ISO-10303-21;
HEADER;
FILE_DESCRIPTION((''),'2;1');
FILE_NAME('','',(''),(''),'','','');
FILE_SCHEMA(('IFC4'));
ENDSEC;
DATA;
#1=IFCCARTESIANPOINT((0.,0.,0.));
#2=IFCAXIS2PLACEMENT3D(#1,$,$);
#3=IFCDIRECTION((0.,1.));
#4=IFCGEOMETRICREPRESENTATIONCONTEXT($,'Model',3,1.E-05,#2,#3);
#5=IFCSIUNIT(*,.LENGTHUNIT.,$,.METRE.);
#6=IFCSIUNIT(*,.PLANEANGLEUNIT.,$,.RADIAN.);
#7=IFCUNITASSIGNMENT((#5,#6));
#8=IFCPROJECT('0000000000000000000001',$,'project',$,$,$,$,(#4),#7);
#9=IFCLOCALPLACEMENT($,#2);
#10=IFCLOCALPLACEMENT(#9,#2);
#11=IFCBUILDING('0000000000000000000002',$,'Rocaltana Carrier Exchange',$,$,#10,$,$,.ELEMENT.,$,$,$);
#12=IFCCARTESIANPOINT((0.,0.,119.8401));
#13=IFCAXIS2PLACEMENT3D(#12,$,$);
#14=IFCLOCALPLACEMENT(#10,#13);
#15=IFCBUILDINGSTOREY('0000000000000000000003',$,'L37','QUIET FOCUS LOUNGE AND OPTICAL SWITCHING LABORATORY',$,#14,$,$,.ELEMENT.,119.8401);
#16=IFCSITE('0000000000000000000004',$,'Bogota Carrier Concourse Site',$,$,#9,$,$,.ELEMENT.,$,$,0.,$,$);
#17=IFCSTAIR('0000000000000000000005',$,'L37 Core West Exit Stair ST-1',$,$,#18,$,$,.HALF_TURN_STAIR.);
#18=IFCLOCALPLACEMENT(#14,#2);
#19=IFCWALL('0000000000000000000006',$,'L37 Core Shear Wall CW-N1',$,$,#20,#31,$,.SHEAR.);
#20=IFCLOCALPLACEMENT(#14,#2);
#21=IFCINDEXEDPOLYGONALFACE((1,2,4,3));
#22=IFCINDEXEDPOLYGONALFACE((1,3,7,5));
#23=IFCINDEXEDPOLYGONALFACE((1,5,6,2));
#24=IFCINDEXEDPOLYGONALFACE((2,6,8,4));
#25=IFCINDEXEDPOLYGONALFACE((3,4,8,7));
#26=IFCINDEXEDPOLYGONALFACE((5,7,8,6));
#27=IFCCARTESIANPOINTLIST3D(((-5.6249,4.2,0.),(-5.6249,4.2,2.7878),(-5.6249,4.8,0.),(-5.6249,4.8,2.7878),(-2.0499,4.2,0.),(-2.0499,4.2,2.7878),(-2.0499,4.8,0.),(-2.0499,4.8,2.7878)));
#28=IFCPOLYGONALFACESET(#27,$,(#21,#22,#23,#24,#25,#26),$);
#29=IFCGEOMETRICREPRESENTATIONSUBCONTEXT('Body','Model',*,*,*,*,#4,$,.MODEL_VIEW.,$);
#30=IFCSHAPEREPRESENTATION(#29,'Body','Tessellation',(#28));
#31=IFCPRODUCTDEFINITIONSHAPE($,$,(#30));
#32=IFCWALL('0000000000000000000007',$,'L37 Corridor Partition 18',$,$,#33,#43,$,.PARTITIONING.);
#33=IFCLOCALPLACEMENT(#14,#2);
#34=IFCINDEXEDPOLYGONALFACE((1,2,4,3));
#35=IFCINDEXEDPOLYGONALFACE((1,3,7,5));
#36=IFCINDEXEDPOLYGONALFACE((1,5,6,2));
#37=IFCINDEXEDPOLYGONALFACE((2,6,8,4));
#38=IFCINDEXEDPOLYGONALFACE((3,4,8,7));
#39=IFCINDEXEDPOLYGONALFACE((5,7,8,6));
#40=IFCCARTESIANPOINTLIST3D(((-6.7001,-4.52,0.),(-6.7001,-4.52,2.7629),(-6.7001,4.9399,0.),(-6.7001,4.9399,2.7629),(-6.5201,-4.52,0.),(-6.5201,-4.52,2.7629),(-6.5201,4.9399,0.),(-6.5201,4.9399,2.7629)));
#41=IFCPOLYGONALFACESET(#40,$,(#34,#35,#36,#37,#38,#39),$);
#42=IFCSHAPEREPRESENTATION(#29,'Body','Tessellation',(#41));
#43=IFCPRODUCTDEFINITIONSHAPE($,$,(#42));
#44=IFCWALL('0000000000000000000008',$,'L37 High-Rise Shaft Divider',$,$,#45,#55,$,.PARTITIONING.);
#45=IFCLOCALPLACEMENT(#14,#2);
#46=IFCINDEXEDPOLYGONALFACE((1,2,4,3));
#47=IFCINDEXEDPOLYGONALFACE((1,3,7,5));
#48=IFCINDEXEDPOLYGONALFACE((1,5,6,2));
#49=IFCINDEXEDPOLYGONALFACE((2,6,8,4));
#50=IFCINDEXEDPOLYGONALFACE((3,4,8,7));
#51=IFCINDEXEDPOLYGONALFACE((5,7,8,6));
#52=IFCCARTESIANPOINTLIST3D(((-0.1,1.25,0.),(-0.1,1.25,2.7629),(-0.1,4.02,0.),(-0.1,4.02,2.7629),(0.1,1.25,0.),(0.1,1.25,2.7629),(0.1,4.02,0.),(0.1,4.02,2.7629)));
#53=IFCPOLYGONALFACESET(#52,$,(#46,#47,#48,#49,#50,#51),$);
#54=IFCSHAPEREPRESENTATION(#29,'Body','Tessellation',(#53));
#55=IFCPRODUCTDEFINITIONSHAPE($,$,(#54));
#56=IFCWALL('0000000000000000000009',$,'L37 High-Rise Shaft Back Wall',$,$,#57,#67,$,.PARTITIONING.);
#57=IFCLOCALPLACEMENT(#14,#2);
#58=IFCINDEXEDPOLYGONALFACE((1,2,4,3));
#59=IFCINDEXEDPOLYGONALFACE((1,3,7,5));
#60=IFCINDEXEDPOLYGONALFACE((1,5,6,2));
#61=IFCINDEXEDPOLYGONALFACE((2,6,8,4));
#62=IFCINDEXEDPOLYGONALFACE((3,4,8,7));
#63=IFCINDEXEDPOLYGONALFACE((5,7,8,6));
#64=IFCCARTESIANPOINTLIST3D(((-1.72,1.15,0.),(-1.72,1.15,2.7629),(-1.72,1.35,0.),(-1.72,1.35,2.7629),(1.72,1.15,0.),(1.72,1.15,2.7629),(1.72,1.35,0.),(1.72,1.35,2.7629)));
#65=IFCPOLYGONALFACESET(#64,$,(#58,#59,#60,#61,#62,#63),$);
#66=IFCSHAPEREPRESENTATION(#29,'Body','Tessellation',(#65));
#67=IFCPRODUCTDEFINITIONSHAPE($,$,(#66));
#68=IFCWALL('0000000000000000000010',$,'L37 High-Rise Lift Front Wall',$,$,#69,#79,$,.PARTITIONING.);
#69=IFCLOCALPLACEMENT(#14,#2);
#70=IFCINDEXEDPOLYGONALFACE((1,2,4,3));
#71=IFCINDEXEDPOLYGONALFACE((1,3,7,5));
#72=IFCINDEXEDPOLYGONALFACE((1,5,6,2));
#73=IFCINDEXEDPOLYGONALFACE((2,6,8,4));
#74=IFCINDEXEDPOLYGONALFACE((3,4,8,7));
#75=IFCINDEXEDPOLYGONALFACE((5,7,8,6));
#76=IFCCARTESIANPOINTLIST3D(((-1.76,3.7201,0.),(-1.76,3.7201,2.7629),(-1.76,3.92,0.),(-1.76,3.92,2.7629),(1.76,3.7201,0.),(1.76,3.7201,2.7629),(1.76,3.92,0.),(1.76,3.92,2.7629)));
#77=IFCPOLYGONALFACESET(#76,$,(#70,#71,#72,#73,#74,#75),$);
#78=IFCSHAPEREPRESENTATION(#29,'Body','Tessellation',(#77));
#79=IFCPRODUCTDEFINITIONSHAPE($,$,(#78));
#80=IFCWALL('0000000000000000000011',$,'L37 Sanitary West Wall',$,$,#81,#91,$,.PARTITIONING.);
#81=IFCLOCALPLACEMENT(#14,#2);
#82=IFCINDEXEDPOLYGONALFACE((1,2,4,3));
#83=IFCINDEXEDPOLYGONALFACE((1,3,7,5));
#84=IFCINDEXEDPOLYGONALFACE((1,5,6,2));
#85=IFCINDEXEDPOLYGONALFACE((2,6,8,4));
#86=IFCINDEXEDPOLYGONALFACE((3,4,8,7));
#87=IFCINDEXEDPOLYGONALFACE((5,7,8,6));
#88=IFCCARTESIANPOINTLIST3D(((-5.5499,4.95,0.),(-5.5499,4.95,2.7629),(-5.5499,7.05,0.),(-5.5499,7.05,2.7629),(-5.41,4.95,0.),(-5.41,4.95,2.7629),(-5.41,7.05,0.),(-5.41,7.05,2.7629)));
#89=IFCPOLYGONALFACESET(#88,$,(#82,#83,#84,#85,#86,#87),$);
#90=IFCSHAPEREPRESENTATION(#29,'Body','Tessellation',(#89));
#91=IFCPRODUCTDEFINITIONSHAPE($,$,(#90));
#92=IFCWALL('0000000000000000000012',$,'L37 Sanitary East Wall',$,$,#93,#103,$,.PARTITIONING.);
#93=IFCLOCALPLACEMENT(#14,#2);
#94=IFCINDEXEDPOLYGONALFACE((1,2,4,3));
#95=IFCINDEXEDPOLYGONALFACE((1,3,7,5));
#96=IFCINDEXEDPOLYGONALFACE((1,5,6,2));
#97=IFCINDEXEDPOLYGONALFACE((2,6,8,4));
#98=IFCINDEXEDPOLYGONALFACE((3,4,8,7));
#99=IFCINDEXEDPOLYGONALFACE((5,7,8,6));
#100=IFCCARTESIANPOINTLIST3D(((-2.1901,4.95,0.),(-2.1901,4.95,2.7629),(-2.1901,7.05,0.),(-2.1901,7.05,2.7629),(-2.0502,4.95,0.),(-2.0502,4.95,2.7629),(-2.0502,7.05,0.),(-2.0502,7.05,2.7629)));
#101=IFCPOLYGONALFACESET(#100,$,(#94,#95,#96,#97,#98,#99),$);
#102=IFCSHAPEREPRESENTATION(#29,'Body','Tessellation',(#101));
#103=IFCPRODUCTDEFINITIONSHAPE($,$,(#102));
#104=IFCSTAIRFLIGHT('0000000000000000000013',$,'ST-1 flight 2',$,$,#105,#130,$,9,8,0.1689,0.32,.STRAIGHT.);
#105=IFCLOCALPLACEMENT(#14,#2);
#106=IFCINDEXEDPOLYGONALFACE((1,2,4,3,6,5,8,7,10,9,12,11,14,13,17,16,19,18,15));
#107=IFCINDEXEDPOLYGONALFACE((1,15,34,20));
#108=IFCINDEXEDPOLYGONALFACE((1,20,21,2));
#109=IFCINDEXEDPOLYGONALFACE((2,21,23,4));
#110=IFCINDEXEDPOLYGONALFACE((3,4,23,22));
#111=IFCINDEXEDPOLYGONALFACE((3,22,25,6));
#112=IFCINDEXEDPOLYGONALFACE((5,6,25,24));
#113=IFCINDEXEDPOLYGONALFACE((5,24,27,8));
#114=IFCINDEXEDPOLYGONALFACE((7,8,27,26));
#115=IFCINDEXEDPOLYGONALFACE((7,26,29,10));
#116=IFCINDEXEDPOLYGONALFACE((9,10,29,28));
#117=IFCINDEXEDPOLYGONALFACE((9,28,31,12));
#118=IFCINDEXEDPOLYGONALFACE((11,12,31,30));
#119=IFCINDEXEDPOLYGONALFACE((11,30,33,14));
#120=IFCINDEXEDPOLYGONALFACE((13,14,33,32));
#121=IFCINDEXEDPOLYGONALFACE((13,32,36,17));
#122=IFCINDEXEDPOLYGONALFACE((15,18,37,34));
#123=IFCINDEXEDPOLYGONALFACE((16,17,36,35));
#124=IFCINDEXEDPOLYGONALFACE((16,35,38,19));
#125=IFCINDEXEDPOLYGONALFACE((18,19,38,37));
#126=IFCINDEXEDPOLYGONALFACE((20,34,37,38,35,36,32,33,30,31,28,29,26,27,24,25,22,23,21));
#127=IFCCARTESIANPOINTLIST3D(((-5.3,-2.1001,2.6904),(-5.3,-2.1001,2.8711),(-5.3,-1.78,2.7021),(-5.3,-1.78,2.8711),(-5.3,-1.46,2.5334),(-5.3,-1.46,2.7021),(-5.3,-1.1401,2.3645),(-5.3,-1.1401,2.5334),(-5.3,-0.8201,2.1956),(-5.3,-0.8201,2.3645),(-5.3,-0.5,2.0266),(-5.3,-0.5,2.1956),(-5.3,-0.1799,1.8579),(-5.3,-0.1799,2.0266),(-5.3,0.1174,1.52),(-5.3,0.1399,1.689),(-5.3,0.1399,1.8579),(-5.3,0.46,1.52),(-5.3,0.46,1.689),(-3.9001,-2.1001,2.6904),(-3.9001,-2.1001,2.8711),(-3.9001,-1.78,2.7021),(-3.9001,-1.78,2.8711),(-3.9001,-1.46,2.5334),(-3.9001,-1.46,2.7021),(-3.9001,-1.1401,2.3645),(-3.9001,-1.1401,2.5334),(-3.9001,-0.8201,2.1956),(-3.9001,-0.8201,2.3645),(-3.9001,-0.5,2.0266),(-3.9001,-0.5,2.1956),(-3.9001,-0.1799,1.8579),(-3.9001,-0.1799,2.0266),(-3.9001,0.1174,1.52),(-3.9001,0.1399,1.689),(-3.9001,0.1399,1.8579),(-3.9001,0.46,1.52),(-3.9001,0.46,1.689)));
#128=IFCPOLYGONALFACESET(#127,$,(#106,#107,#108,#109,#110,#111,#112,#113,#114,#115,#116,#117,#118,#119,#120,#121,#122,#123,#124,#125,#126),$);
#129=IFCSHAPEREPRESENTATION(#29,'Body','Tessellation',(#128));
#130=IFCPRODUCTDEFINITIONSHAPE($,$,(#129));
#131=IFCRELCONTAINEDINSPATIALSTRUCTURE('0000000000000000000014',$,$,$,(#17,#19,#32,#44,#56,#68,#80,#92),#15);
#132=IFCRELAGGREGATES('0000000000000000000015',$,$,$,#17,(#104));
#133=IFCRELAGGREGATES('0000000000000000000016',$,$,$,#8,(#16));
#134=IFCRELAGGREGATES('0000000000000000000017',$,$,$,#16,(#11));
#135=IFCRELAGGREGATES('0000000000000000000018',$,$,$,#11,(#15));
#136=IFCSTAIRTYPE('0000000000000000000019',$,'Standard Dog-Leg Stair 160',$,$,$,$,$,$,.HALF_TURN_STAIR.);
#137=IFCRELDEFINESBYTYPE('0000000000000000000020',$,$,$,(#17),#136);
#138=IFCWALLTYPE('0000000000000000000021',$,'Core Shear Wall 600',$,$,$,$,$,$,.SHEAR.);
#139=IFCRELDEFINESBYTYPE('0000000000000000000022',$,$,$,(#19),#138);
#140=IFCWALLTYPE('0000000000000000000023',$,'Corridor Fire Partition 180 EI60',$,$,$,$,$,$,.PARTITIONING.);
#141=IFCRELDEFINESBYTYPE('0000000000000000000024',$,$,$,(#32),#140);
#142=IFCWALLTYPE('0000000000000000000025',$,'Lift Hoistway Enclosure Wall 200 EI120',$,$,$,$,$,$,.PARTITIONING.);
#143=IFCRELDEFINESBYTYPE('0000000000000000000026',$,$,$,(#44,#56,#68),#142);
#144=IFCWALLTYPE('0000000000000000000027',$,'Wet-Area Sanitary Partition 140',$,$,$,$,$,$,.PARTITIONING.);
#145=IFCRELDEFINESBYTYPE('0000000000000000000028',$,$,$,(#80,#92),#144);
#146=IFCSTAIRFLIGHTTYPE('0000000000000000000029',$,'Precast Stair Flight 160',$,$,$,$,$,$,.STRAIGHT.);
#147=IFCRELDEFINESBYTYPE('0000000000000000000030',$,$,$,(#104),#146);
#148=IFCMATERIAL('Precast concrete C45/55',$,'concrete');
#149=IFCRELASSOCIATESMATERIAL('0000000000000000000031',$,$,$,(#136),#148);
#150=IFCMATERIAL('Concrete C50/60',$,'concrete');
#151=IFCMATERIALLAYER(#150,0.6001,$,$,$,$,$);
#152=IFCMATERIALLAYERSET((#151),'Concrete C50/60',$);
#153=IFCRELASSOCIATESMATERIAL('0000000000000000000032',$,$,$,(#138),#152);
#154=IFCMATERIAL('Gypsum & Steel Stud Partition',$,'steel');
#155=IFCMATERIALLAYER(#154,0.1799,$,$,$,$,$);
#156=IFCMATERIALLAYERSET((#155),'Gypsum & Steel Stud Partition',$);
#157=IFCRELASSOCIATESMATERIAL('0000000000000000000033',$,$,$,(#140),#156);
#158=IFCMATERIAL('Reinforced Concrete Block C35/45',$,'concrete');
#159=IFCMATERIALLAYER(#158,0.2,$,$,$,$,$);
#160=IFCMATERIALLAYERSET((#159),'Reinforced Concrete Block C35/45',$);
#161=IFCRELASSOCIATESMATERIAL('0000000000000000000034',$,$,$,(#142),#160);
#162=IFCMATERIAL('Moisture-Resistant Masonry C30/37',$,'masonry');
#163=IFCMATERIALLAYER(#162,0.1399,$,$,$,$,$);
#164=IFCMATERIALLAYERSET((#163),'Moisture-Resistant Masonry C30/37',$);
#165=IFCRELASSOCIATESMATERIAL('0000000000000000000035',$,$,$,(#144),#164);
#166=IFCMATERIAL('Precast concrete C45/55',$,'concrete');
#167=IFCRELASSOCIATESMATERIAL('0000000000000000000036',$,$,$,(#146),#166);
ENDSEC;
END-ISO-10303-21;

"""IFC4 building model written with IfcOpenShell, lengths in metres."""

from ifc_helpers import new_model, si_unit, direction, frame, frame_2d, origin, place, context, subcontext, project, spatial, polyline, rectangle, outline, extrude, material, layer, layer_set, type_object, element, aggregate, save


model = new_model("IFC4")

# Units and contexts
model_context = context("Model", 3, precision=1e-05, world=origin(), true_north=direction((0.0, 1.0)))
body_context = subcontext(model_context, "Body", "Model", "MODEL_VIEW")
ifc_project = project(units=[si_unit("LENGTHUNIT", "METRE"), si_unit("PLANEANGLEUNIT", "RADIAN")], contexts=[model_context])

# Site, building, storey
site_placement = place(None, origin())
site = spatial("IfcSite", under=ifc_project, at=site_placement, Name="Bogota Carrier Concourse Site", CompositionType="ELEMENT", RefElevation=0.0)
building_placement = place(site_placement, origin())
building = spatial("IfcBuilding", under=site, at=building_placement, Name="Rocaltana Carrier Exchange", CompositionType="ELEMENT")
storey_placement = place(building_placement, frame((0.0, 0.0, 119.8401)))
storey = spatial("IfcBuildingStorey", under=building, at=storey_placement, Name="L37", Description="QUIET FOCUS LOUNGE AND OPTICAL SWITCHING LABORATORY", CompositionType="ELEMENT", Elevation=119.8401)

# Stair
ifc_material_1 = material(Name="Precast concrete C45/55", Category="concrete")
stair_type = type_object("IfcStairType", Name="Standard Dog-Leg Stair 160", PredefinedType="HALF_TURN_STAIR", material=ifc_material_1)
stair_1_placement = place(storey_placement, origin())
stair_1 = element("IfcStair", 1, at=stair_1_placement, inside=storey, type_object=stair_type, Name="L37 Core West Exit Stair ST-1", PredefinedType="HALF_TURN_STAIR")

# Walls
ifc_material_2 = material(Name="Concrete C50/60", Category="concrete")
ifc_layer_1 = layer(ifc_material_2, 0.6001)
ifc_layer_set_1 = layer_set([ifc_layer_1], Name="Concrete C50/60")
wall_type_1 = type_object("IfcWallType", Name="Core Shear Wall 600", PredefinedType="SHEAR", material=ifc_layer_set_1)
wall_1_placement = place(storey_placement, frame((-5.625, 4.5, 0.0), z_axis=(0.0, 0.0, 1.0), x_axis=(1.0, 0.0, 0.0)))
element("IfcWall", 2, at=wall_1_placement, inside=storey, type_object=wall_type_1, Name="L37 Core Shear Wall CW-N1", PredefinedType="SHEAR", context=body_context, shape_type="SweptSolid", body=[
    extrude(rectangle(XDim=3.575, YDim=0.6001, at=frame_2d((1.7876, 0.0))), origin(), (0.0, 0.0, 1.0), 2.7878),
])
ifc_material_3 = material(Name="Gypsum & Steel Stud Partition", Category="steel")
ifc_layer_2 = layer(ifc_material_3, 0.1799)
ifc_layer_set_2 = layer_set([ifc_layer_2], Name="Gypsum & Steel Stud Partition")
wall_type_2 = type_object("IfcWallType", Name="Corridor Fire Partition 180 EI60", PredefinedType="PARTITIONING", material=ifc_layer_set_2)
wall_2_placement = place(storey_placement, frame((-6.6101, 4.9399, 0.0), z_axis=(0.0, 0.0, 1.0), x_axis=(0.0, -1.0, 0.0)))
element("IfcWall", 3, at=wall_2_placement, inside=storey, type_object=wall_type_2, Name="L37 Corridor Partition 18", PredefinedType="PARTITIONING", context=body_context, shape_type="SweptSolid", body=[
    extrude(rectangle(XDim=9.46, YDim=0.1799, at=frame_2d((4.73, 0.0))), origin(), (0.0, 0.0, 1.0), 2.7629),
])
ifc_material_4 = material(Name="Reinforced Concrete Block C35/45", Category="concrete")
ifc_layer_3 = layer(ifc_material_4, 0.2)
ifc_layer_set_3 = layer_set([ifc_layer_3], Name="Reinforced Concrete Block C35/45")
wall_type_3 = type_object("IfcWallType", Name="Lift Hoistway Enclosure Wall 200 EI120", PredefinedType="PARTITIONING", material=ifc_layer_set_3)
wall_3_placement = place(storey_placement, frame((0.0, 1.25, 0.0), z_axis=(0.0, 0.0, 1.0), x_axis=(0.0, 1.0, 0.0)))
element("IfcWall", 4, at=wall_3_placement, inside=storey, type_object=wall_type_3, Name="L37 High-Rise Shaft Divider", PredefinedType="PARTITIONING", context=body_context, shape_type="SweptSolid", body=[
    extrude(rectangle(XDim=2.77, YDim=0.2, at=frame_2d((1.385, 0.0))), origin(), (0.0, 0.0, 1.0), 2.7629),
])
wall_4_placement = place(storey_placement, frame((-1.72, 1.25, 0.0), z_axis=(0.0, 0.0, 1.0), x_axis=(1.0, 0.0, 0.0)))
element("IfcWall", 5, at=wall_4_placement, inside=storey, type_object=wall_type_3, Name="L37 High-Rise Shaft Back Wall", PredefinedType="PARTITIONING", context=body_context, shape_type="SweptSolid", body=[
    extrude(rectangle(XDim=3.4399, YDim=0.2, at=frame_2d((1.72, 0.0))), origin(), (0.0, 0.0, 1.0), 2.7629),
])
wall_5_placement = place(storey_placement, frame((-1.76, 3.8201, 0.0), z_axis=(0.0, 0.0, 1.0), x_axis=(1.0, 0.0, 0.0)))
element("IfcWall", 6, at=wall_5_placement, inside=storey, type_object=wall_type_3, Name="L37 High-Rise Lift Front Wall", PredefinedType="PARTITIONING", context=body_context, shape_type="SweptSolid", body=[
    extrude(rectangle(XDim=3.52, YDim=0.2, at=frame_2d((1.76, 0.0))), origin(), (0.0, 0.0, 1.0), 2.7629),
])
ifc_material_5 = material(Name="Moisture-Resistant Masonry C30/37", Category="masonry")
ifc_layer_4 = layer(ifc_material_5, 0.1399)
ifc_layer_set_4 = layer_set([ifc_layer_4], Name="Moisture-Resistant Masonry C30/37")
wall_type_4 = type_object("IfcWallType", Name="Wet-Area Sanitary Partition 140", PredefinedType="PARTITIONING", material=ifc_layer_set_4)
for number, where, z_axis, x_axis, name in (
    (7, (-5.48, 4.95, 0.0), (0.0, 0.0, 1.0), (0.0, 1.0, 0.0), "L37 Sanitary West Wall"),
    (8, (-2.1201, 4.95, 0.0), (0.0, 0.0, 1.0), (0.0, 1.0, 0.0), "L37 Sanitary East Wall"),
):
    element("IfcWall", number, at=place(storey_placement, frame(where, z_axis=z_axis, x_axis=x_axis)), inside=storey, type_object=wall_type_4, Name=name, PredefinedType="PARTITIONING", context=body_context, shape_type="SweptSolid", body=[
        extrude(rectangle(XDim=2.1001, YDim=0.1399, at=frame_2d((1.05, 0.0))), origin(), (0.0, 0.0, 1.0), 2.7629),
    ])

# Stair flight
ifc_material_6 = material(Name="Precast concrete C45/55", Category="concrete")
stair_flight_type = type_object("IfcStairFlightType", Name="Precast Stair Flight 160", PredefinedType="STRAIGHT", material=ifc_material_6)
stair_flight_placement = place(storey_placement, frame((-4.6001, 0.46, 1.52), z_axis=(0.0, 0.0, 1.0), x_axis=(0.0, -1.0, 0.0)))
stair_flight = element("IfcStairFlight", 9, at=stair_flight_placement, type_object=stair_flight_type, Name="ST-1 flight 2", NumberOfRisers=9, NumberOfTreads=8, PredefinedType="STRAIGHT", RiserHeight=0.1689, TreadLength=0.32, context=body_context, shape_type="SweptSolid", body=[
    extrude(outline(polyline([(0.0, 0.0), (0.0, 0.1689), (0.3201, 0.1689), (0.3201, 0.3379), (0.6399, 0.3379), (0.6399, 0.5066), (0.96, 0.5066), (0.96, 0.6755), (1.28, 0.6755), (1.28, 0.8445), (1.6001, 0.8445), (1.6001, 1.0134), (1.9199, 1.0134), (1.9199, 1.1821), (2.24, 1.1821), (2.24, 1.3511), (2.5601, 1.3511), (2.5601, 1.52), (2.5601, 1.1704), (0.3425, 0.0), (0.0, 0.0)])), frame((0.0, 0.7, 0.0), z_axis=(0.0, -1.0, 0.0), x_axis=(1.0, 0.0, 0.0)), (0.0, 0.0, 1.0), 1.3999),
])
aggregate(stair_1, [stair_flight])

save(model, "model.ifc")
